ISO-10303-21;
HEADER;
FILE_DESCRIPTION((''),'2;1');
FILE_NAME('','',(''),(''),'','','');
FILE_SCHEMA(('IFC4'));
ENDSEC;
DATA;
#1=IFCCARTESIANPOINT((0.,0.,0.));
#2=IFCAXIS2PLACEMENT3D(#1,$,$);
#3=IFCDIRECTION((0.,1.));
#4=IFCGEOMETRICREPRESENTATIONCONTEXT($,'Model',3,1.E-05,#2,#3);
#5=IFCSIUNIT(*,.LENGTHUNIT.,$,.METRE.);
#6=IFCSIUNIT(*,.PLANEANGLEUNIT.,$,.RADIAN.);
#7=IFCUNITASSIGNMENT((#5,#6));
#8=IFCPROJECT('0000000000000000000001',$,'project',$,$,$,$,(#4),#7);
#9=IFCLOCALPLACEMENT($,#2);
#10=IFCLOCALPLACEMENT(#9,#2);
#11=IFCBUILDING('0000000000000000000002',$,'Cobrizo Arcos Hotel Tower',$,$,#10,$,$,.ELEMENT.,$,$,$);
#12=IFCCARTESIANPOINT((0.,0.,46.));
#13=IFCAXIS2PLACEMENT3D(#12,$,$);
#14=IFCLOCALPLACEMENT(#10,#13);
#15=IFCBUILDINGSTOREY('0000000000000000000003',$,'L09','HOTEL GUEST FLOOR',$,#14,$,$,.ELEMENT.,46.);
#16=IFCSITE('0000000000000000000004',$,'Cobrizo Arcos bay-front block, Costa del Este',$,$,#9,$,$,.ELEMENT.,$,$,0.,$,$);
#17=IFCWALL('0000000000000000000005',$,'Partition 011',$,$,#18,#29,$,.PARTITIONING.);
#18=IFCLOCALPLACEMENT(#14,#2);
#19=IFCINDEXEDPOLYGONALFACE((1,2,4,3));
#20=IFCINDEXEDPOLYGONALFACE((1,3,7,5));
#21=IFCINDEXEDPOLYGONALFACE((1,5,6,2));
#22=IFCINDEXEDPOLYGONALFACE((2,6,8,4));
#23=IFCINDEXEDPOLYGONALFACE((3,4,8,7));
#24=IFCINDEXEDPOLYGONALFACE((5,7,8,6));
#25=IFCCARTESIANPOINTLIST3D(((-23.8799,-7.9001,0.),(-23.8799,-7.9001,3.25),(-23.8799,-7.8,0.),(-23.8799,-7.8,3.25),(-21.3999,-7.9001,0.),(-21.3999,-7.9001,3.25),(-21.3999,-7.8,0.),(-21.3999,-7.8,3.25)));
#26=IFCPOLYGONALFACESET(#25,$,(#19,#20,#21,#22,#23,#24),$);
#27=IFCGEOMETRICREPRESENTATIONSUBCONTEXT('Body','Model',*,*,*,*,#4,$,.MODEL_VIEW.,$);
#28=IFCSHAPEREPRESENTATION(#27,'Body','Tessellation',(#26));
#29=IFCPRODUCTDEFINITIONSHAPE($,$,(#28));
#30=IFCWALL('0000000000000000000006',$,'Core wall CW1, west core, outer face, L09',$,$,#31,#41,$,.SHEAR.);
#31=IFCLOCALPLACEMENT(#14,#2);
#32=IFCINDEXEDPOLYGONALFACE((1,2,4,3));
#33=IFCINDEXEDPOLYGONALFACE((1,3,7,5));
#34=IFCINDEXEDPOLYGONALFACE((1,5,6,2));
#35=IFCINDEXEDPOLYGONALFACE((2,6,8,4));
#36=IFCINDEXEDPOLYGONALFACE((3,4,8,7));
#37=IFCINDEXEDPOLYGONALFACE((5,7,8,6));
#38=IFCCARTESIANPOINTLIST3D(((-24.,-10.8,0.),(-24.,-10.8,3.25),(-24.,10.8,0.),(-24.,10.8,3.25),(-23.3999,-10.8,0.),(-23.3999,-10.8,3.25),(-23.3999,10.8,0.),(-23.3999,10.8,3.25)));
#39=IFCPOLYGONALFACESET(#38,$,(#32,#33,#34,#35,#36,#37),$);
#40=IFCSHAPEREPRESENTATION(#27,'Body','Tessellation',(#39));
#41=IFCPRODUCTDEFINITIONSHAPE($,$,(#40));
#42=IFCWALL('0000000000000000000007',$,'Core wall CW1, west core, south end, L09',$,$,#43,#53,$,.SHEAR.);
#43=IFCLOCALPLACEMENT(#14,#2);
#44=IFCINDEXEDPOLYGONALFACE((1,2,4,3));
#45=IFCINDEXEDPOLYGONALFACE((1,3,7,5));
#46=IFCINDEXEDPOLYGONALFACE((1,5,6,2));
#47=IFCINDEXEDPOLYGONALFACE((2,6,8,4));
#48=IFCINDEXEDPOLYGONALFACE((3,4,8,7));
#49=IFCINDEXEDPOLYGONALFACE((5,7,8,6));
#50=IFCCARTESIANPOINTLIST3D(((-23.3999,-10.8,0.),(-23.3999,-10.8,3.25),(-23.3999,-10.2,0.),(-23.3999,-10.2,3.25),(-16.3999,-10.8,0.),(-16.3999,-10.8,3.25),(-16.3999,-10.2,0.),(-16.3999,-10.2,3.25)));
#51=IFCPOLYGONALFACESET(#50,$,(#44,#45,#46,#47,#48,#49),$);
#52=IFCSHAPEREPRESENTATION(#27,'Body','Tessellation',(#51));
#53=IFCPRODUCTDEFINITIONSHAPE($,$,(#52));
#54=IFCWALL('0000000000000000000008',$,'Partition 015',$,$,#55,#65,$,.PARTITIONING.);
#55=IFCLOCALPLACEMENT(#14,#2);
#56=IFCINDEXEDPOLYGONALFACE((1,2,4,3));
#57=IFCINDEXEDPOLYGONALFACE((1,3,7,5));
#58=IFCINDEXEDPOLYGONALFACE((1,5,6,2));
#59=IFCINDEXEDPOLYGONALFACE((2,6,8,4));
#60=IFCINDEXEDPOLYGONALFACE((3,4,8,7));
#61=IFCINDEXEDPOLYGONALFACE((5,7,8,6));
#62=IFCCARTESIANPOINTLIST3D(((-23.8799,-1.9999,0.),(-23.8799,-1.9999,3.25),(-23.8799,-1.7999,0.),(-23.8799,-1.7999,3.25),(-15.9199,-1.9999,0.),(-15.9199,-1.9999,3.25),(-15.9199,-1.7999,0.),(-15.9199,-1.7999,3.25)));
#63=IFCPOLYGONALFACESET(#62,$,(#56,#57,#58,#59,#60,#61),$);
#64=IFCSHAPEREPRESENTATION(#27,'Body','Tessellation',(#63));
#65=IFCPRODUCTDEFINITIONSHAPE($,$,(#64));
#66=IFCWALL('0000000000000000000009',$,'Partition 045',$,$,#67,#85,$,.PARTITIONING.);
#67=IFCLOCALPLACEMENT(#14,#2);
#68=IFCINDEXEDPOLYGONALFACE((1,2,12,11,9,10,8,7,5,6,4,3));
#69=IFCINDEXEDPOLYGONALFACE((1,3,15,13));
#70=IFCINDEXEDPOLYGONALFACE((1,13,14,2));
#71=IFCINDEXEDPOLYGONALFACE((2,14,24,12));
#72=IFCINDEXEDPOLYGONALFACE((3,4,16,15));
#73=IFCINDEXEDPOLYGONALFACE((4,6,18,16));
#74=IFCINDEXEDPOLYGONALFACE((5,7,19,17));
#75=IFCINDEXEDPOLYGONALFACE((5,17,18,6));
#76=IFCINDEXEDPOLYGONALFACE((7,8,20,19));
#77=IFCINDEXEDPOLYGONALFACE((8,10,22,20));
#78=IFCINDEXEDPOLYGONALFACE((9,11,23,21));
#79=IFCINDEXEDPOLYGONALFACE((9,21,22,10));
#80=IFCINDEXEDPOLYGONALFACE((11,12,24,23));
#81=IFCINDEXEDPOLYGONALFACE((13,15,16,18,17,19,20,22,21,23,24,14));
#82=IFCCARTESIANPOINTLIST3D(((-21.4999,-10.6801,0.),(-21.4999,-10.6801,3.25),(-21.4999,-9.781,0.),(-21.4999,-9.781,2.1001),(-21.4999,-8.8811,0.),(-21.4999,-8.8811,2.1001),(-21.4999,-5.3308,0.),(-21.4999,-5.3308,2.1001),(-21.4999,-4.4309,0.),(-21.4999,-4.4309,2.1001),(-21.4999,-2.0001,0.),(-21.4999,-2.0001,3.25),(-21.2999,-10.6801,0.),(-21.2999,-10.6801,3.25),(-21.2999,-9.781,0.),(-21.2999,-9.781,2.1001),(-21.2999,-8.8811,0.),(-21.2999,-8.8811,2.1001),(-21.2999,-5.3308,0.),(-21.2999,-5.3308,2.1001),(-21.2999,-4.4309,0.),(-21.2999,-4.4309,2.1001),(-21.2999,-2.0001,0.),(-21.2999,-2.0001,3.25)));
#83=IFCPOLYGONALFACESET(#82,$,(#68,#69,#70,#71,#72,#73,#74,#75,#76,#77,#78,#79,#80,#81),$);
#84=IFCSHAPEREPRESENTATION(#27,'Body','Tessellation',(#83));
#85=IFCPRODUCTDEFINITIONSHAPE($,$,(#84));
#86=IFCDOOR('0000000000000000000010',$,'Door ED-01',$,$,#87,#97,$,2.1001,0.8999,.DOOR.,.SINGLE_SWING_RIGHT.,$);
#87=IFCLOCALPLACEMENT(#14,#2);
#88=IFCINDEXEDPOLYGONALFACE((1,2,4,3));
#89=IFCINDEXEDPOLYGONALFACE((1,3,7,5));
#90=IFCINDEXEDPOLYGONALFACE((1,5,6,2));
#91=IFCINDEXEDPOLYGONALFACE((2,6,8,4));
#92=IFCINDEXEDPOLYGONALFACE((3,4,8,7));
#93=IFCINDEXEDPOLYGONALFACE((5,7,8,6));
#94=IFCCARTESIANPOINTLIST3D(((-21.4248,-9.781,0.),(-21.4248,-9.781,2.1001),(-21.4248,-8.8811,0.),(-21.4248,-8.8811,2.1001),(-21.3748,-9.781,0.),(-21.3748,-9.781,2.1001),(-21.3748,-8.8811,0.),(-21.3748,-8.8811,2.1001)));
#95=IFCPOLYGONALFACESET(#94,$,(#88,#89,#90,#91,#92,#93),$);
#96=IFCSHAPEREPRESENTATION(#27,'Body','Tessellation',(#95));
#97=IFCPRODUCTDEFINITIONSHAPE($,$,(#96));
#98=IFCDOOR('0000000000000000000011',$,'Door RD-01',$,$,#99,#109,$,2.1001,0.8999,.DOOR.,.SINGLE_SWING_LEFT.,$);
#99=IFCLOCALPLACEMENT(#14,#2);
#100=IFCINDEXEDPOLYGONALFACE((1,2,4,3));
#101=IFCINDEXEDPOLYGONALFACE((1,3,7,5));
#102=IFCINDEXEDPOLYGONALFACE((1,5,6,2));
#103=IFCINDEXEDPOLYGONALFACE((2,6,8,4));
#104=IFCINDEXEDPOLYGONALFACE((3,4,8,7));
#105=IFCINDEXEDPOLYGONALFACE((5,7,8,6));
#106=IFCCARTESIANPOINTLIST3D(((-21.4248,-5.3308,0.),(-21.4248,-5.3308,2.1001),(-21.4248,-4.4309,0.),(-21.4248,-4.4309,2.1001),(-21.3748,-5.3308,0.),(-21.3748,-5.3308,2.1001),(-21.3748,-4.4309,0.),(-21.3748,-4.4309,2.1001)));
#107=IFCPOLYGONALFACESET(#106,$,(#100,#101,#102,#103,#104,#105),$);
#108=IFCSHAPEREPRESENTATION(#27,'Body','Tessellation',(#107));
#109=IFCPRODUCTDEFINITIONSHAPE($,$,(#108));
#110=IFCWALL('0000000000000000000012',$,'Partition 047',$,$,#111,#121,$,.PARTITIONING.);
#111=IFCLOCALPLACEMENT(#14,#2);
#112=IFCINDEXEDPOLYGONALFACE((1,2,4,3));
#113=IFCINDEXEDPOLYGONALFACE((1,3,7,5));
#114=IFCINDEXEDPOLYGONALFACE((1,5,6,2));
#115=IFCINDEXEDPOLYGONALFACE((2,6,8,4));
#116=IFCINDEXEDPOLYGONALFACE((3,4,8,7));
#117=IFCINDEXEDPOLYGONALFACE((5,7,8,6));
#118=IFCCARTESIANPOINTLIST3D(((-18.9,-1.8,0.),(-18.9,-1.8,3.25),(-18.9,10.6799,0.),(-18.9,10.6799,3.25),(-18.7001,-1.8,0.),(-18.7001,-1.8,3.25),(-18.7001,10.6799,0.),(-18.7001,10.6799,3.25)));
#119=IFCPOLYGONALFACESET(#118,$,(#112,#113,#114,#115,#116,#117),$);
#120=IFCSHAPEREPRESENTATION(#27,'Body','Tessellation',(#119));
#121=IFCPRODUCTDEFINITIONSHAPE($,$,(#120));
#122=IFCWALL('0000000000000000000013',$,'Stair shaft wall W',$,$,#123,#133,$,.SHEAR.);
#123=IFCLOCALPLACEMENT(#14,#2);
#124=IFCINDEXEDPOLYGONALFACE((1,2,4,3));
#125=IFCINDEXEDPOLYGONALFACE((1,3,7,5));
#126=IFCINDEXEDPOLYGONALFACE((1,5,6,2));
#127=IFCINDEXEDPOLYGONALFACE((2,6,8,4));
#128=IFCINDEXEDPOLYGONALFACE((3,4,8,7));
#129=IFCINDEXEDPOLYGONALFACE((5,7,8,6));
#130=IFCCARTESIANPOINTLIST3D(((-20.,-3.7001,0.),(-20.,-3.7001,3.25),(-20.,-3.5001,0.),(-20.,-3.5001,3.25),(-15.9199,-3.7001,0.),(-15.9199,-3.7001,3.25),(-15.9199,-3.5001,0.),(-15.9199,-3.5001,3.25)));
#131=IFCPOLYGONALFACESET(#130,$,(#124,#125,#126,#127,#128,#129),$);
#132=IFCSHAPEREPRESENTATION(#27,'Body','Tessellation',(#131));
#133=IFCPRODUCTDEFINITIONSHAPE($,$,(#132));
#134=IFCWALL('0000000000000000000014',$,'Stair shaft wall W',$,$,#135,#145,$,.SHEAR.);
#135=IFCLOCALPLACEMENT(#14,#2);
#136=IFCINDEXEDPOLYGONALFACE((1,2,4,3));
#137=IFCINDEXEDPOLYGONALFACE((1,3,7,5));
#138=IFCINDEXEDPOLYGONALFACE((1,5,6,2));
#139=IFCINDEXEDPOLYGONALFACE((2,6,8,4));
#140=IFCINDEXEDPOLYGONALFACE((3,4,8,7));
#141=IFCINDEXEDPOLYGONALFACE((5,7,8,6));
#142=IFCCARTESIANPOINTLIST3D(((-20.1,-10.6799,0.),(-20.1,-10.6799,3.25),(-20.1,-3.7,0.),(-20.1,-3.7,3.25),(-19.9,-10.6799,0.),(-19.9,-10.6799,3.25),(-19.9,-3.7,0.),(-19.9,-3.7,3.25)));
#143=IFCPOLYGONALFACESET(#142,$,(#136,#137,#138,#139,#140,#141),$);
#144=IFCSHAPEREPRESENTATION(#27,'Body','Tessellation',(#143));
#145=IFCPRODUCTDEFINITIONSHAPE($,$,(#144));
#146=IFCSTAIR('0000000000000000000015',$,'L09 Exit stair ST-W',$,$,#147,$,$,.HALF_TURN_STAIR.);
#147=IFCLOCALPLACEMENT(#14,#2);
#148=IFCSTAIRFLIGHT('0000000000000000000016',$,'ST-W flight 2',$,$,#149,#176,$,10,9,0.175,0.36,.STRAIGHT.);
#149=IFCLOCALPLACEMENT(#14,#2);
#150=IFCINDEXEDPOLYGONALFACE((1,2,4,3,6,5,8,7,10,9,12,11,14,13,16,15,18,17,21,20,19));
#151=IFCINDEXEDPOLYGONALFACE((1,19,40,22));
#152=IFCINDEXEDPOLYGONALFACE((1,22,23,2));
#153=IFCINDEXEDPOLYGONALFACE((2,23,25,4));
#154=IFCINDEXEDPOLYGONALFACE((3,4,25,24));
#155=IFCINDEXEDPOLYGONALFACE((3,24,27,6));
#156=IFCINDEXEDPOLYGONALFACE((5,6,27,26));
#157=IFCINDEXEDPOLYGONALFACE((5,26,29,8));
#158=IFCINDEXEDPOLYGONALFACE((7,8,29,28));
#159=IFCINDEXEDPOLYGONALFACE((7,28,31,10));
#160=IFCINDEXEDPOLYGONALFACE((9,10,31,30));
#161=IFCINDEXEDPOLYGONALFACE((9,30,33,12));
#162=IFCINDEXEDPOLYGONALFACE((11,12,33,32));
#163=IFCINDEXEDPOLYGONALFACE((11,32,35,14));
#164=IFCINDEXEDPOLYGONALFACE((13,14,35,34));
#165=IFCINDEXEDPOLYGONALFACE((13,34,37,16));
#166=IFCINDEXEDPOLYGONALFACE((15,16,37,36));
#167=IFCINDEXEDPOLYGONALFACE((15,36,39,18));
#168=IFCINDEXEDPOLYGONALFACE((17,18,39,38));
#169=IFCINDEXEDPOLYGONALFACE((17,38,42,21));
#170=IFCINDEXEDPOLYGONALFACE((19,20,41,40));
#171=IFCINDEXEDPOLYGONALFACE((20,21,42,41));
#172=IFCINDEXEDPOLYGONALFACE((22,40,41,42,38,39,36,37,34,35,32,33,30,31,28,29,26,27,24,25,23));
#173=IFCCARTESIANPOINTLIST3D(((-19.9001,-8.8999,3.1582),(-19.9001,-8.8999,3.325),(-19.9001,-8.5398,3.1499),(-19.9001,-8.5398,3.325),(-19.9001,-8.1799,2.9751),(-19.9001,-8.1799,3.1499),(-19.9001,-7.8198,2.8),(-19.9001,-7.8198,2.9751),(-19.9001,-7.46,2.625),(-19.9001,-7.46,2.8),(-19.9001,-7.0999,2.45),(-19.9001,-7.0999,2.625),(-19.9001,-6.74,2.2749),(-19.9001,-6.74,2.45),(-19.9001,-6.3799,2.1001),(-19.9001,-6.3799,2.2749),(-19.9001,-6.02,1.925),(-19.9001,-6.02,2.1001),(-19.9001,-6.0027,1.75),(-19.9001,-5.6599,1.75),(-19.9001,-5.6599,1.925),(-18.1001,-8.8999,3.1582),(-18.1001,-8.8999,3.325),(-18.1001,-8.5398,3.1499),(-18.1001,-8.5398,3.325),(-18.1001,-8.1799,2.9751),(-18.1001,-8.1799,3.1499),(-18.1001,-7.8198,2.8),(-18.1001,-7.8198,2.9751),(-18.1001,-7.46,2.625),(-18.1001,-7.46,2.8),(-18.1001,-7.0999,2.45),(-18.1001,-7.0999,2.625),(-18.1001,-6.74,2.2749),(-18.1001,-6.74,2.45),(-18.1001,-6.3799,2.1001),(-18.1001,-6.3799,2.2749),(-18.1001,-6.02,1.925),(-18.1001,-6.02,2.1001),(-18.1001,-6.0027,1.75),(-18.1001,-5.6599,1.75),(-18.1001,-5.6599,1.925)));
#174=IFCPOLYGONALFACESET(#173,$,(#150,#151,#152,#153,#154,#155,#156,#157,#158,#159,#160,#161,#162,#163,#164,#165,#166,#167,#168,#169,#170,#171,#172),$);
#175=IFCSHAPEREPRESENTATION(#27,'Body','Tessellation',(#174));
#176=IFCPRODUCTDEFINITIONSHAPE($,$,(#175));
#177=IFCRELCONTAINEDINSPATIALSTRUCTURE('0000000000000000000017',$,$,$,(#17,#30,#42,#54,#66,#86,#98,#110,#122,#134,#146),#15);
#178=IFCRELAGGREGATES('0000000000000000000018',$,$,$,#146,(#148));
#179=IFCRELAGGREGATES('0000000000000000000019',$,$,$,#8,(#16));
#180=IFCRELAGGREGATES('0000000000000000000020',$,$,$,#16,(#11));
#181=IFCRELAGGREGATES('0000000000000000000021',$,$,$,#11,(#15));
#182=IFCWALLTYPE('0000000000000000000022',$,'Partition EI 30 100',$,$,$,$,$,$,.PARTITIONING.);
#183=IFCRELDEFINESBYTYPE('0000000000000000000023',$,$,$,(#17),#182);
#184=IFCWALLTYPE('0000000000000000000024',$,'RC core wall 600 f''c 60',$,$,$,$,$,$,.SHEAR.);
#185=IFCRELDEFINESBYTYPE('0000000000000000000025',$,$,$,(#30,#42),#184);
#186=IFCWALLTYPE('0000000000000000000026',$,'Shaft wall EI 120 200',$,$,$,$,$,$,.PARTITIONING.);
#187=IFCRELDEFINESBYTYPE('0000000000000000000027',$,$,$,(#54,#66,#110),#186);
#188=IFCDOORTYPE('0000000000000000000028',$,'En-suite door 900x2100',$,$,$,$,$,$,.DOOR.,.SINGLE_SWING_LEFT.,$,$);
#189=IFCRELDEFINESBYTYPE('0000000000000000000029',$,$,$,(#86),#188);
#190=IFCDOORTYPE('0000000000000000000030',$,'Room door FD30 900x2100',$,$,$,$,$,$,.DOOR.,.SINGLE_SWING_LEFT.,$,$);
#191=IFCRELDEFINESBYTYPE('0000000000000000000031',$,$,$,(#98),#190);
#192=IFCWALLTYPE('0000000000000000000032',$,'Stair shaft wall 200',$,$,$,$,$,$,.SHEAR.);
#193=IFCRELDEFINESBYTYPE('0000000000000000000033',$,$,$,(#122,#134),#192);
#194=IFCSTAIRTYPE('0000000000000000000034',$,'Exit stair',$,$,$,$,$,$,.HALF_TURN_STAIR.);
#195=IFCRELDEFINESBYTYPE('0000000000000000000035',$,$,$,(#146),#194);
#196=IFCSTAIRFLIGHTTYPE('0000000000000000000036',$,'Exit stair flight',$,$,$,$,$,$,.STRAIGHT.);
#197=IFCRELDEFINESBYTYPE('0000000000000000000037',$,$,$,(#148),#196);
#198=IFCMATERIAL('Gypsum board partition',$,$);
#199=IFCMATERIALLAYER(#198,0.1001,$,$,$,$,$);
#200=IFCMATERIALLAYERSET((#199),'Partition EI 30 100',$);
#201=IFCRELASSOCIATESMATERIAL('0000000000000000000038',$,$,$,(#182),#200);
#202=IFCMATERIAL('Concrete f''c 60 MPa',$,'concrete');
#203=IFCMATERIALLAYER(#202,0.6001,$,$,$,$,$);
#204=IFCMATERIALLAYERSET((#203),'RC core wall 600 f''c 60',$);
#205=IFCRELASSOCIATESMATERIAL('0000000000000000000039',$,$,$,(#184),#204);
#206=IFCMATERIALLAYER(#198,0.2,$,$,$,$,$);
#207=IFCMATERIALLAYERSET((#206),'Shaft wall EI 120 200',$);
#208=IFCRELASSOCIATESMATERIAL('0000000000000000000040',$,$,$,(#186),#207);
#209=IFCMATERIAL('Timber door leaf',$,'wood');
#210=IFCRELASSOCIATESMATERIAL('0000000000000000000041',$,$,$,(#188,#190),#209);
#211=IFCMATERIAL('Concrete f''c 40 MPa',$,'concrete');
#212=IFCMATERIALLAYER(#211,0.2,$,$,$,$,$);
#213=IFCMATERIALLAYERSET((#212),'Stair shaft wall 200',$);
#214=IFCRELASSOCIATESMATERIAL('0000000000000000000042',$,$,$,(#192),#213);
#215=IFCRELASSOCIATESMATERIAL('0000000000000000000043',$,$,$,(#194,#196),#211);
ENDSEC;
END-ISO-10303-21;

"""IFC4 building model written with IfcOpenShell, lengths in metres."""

from ifc_helpers import new_model, si_unit, direction, frame, frame_2d, origin, place, context, subcontext, project, spatial, polyline, rectangle, outline, extrude, material, layer, layer_set, type_object, element, fill, aggregate, save


model = new_model("IFC4")

# Units and contexts
model_context = context("Model", 3, precision=1e-05, world=origin(), true_north=direction((0.0, 1.0)))
body_context = subcontext(model_context, "Body", "Model", "MODEL_VIEW")
ifc_project = project(units=[si_unit("LENGTHUNIT", "METRE"), si_unit("PLANEANGLEUNIT", "RADIAN")], contexts=[model_context])

# Site, building, storey
site_placement = place(None, origin())
site = spatial("IfcSite", under=ifc_project, at=site_placement, Name="Cobrizo Arcos bay-front block, Costa del Este", CompositionType="ELEMENT", RefElevation=0.0)
building_placement = place(site_placement, origin())
building = spatial("IfcBuilding", under=site, at=building_placement, Name="Cobrizo Arcos Hotel Tower", CompositionType="ELEMENT")
storey_placement = place(building_placement, frame((0.0, 0.0, 46.0)))
storey = spatial("IfcBuildingStorey", under=building, at=storey_placement, Name="L09", Description="HOTEL GUEST FLOOR", CompositionType="ELEMENT", Elevation=46.0)

# Walls
ifc_material_1 = material(Name="Gypsum board partition")
ifc_layer_1 = layer(ifc_material_1, 0.1001)
ifc_layer_set_1 = layer_set([ifc_layer_1], Name="Partition EI 30 100")
wall_type_1 = type_object("IfcWallType", Name="Partition EI 30 100", PredefinedType="PARTITIONING", material=ifc_layer_set_1)
wall_1_placement = place(storey_placement, frame((-23.8799, -7.8501, 0.0), z_axis=(0.0, 0.0, 1.0), x_axis=(1.0, 0.0, 0.0)))
element("IfcWall", 1, at=wall_1_placement, inside=storey, type_object=wall_type_1, Name="Partition 011", PredefinedType="PARTITIONING", context=body_context, shape_type="SweptSolid", body=[
    extrude(rectangle(XDim=2.48, YDim=0.1001, at=frame_2d((1.24, 0.0))), origin(), (0.0, 0.0, 1.0), 3.25),
])
ifc_material_2 = material(Name="Concrete f'c 60 MPa", Category="concrete")
ifc_layer_2 = layer(ifc_material_2, 0.6001)
ifc_layer_set_2 = layer_set([ifc_layer_2], Name="RC core wall 600 f'c 60")
wall_type_2 = type_object("IfcWallType", Name="RC core wall 600 f'c 60", PredefinedType="SHEAR", material=ifc_layer_set_2)
wall_2_placement = place(storey_placement, frame((-23.7, -10.8, 0.0), z_axis=(0.0, 0.0, 1.0), x_axis=(0.0, 1.0, 0.0)))
element("IfcWall", 2, at=wall_2_placement, inside=storey, type_object=wall_type_2, Name="Core wall CW1, west core, outer face, L09", PredefinedType="SHEAR", context=body_context, shape_type="SweptSolid", body=[
    extrude(rectangle(XDim=21.6001, YDim=0.6001, at=frame_2d((10.8, 0.0))), origin(), (0.0, 0.0, 1.0), 3.25),
])
wall_3_placement = place(storey_placement, frame((-23.3999, -10.5, 0.0), z_axis=(0.0, 0.0, 1.0), x_axis=(1.0, 0.0, 0.0)))
element("IfcWall", 3, at=wall_3_placement, inside=storey, type_object=wall_type_2, Name="Core wall CW1, west core, south end, L09", PredefinedType="SHEAR", context=body_context, shape_type="SweptSolid", body=[
    extrude(rectangle(XDim=7.0, YDim=0.6001, at=frame_2d((3.5, 0.0))), origin(), (0.0, 0.0, 1.0), 3.25),
])
ifc_layer_3 = layer(ifc_material_1, 0.2)
ifc_layer_set_3 = layer_set([ifc_layer_3], Name="Shaft wall EI 120 200")
wall_type_3 = type_object("IfcWallType", Name="Shaft wall EI 120 200", PredefinedType="PARTITIONING", material=ifc_layer_set_3)
wall_4_placement = place(storey_placement, frame((-23.8799, -1.8999, 0.0), z_axis=(0.0, 0.0, 1.0), x_axis=(1.0, 0.0, 0.0)))
element("IfcWall", 4, at=wall_4_placement, inside=storey, type_object=wall_type_3, Name="Partition 015", PredefinedType="PARTITIONING", context=body_context, shape_type="SweptSolid", body=[
    extrude(rectangle(XDim=7.96, YDim=0.2, at=frame_2d((3.98, 0.0))), origin(), (0.0, 0.0, 1.0), 3.25),
])

# Wall, openings, doors
wall_5_placement = place(storey_placement, frame((-21.3999, -10.6799, 0.0), z_axis=(0.0, 0.0, 1.0), x_axis=(0.0, 1.0, 0.0)))
wall_5 = element("IfcWall", 5, at=wall_5_placement, inside=storey, type_object=wall_type_3, Name="Partition 045", PredefinedType="PARTITIONING", context=body_context, shape_type="SweptSolid", body=[
    extrude(rectangle(XDim=8.6799, YDim=0.2, at=frame_2d((4.3398, 0.0))), origin(), (0.0, 0.0, 1.0), 3.25),
])
opening_1_placement = place(wall_5_placement, frame((0.8989, 0.0, 0.0)))
opening_1 = element("IfcOpeningElement", 6, at=opening_1_placement, cuts=wall_5, PredefinedType="OPENING", context=body_context, shape_type="SweptSolid", body=[
    extrude(rectangle(XDim=0.8999, YDim=2.1001, at=frame_2d((0.45, 1.05))), frame((0.0, 0.1121, 0.0), z_axis=(0.0, -1.0, 0.0), x_axis=(1.0, 0.0, 0.0)), (0.0, 0.0, 1.0), 0.2239),
])
opening_2_placement = place(wall_5_placement, frame((5.3491, 0.0, 0.0)))
opening_2 = element("IfcOpeningElement", 7, at=opening_2_placement, cuts=wall_5, PredefinedType="OPENING", context=body_context, shape_type="SweptSolid", body=[
    extrude(rectangle(XDim=0.8999, YDim=2.1001, at=frame_2d((0.45, 1.05))), frame((0.0, 0.1121, 0.0), z_axis=(0.0, -1.0, 0.0), x_axis=(1.0, 0.0, 0.0)), (0.0, 0.0, 1.0), 0.2239),
])
ifc_material_3 = material(Name="Timber door leaf", Category="wood")
door_type_1 = type_object("IfcDoorType", Name="En-suite door 900x2100", OperationType="SINGLE_SWING_LEFT", PredefinedType="DOOR", material=ifc_material_3)
door_1_placement = place(opening_1_placement, origin())
door_1 = element("IfcDoor", 8, at=door_1_placement, inside=storey, type_object=door_type_1, Name="Door ED-01", OperationType="SINGLE_SWING_RIGHT", OverallHeight=2.1001, OverallWidth=0.8999, PredefinedType="DOOR", context=body_context, shape_type="SweptSolid", body=[
    extrude(rectangle(XDim=0.8999, YDim=2.1001, at=frame_2d((0.45, 1.05))), frame((0.0, 0.0249, 0.0), z_axis=(0.0, -1.0, 0.0), x_axis=(1.0, 0.0, 0.0)), (0.0, 0.0, 1.0), 0.05),
])
fill(opening_1, door_1)
door_type_2 = type_object("IfcDoorType", Name="Room door FD30 900x2100", OperationType="SINGLE_SWING_LEFT", PredefinedType="DOOR", material=ifc_material_3)
door_2_placement = place(opening_2_placement, origin())
door_2 = element("IfcDoor", 9, at=door_2_placement, inside=storey, type_object=door_type_2, Name="Door RD-01", OperationType="SINGLE_SWING_LEFT", OverallHeight=2.1001, OverallWidth=0.8999, PredefinedType="DOOR", context=body_context, shape_type="SweptSolid", body=[
    extrude(rectangle(XDim=0.8999, YDim=2.1001, at=frame_2d((0.45, 1.05))), frame((0.0, 0.0249, 0.0), z_axis=(0.0, -1.0, 0.0), x_axis=(1.0, 0.0, 0.0)), (0.0, 0.0, 1.0), 0.05),
])
fill(opening_2, door_2)

# Walls
wall_6_placement = place(storey_placement, frame((-18.8, -1.8, 0.0), z_axis=(0.0, 0.0, 1.0), x_axis=(0.0, 1.0, 0.0)))
element("IfcWall", 10, at=wall_6_placement, inside=storey, type_object=wall_type_3, Name="Partition 047", PredefinedType="PARTITIONING", context=body_context, shape_type="SweptSolid", body=[
    extrude(rectangle(XDim=12.48, YDim=0.2, at=frame_2d((6.24, 0.0))), origin(), (0.0, 0.0, 1.0), 3.25),
])
ifc_material_4 = material(Name="Concrete f'c 40 MPa", Category="concrete")
ifc_layer_4 = layer(ifc_material_4, 0.2)
ifc_layer_set_4 = layer_set([ifc_layer_4], Name="Stair shaft wall 200")
wall_type_4 = type_object("IfcWallType", Name="Stair shaft wall 200", PredefinedType="SHEAR", material=ifc_layer_set_4)
wall_7_placement = place(storey_placement, frame((-20.0, -3.6001, 0.0), z_axis=(0.0, 0.0, 1.0), x_axis=(1.0, 0.0, 0.0)))
element("IfcWall", 11, at=wall_7_placement, inside=storey, type_object=wall_type_4, Name="Stair shaft wall W", PredefinedType="SHEAR", context=body_context, shape_type="SweptSolid", body=[
    extrude(rectangle(XDim=4.0801, YDim=0.2, at=frame_2d((2.04, 0.0))), origin(), (0.0, 0.0, 1.0), 3.25),
])
wall_8_placement = place(storey_placement, frame((-20.0, -10.6799, 0.0), z_axis=(0.0, 0.0, 1.0), x_axis=(0.0, 1.0, 0.0)))
element("IfcWall", 12, at=wall_8_placement, inside=storey, type_object=wall_type_4, Name="Stair shaft wall W", PredefinedType="SHEAR", context=body_context, shape_type="SweptSolid", body=[
    extrude(rectangle(XDim=6.98, YDim=0.2, at=frame_2d((3.49, 0.0))), origin(), (0.0, 0.0, 1.0), 3.25),
])

# Stair, stair flight
stair_type = type_object("IfcStairType", Name="Exit stair", PredefinedType="HALF_TURN_STAIR", material=ifc_material_4)
stair_placement = place(storey_placement, origin())
stair = element("IfcStair", 13, at=stair_placement, inside=storey, type_object=stair_type, Name="L09 Exit stair ST-W", PredefinedType="HALF_TURN_STAIR")
stair_flight_type = type_object("IfcStairFlightType", Name="Exit stair flight", PredefinedType="STRAIGHT", material=ifc_material_4)
stair_flight_placement = place(storey_placement, frame((-19.0, -5.6599, 1.75), z_axis=(0.0, 0.0, 1.0), x_axis=(0.0, -1.0, 0.0)))
stair_flight = element("IfcStairFlight", 14, at=stair_flight_placement, type_object=stair_flight_type, Name="ST-W flight 2", NumberOfRisers=10, NumberOfTreads=9, PredefinedType="STRAIGHT", RiserHeight=0.175, TreadLength=0.36, context=body_context, shape_type="SweptSolid", body=[
    extrude(outline(polyline([(0.0, 0.0), (0.0, 0.175), (0.3601, 0.175), (0.3601, 0.3501), (0.72, 0.3501), (0.72, 0.5249), (1.0801, 0.5249), (1.0801, 0.7), (1.4399, 0.7), (1.4399, 0.875), (1.8, 0.875), (1.8, 1.05), (2.1599, 1.05), (2.1599, 1.2251), (2.52, 1.2251), (2.52, 1.3999), (2.8799, 1.3999), (2.8799, 1.575), (3.24, 1.575), (3.24, 1.75), (3.24, 1.4082), (0.3428, 0.0), (0.0, 0.0)])), frame((0.0, 0.8999, 0.0), z_axis=(0.0, -1.0, 0.0), x_axis=(1.0, 0.0, 0.0)), (0.0, 0.0, 1.0), 1.8),
])
aggregate(stair, [stair_flight])

save(model, "model.ifc")
